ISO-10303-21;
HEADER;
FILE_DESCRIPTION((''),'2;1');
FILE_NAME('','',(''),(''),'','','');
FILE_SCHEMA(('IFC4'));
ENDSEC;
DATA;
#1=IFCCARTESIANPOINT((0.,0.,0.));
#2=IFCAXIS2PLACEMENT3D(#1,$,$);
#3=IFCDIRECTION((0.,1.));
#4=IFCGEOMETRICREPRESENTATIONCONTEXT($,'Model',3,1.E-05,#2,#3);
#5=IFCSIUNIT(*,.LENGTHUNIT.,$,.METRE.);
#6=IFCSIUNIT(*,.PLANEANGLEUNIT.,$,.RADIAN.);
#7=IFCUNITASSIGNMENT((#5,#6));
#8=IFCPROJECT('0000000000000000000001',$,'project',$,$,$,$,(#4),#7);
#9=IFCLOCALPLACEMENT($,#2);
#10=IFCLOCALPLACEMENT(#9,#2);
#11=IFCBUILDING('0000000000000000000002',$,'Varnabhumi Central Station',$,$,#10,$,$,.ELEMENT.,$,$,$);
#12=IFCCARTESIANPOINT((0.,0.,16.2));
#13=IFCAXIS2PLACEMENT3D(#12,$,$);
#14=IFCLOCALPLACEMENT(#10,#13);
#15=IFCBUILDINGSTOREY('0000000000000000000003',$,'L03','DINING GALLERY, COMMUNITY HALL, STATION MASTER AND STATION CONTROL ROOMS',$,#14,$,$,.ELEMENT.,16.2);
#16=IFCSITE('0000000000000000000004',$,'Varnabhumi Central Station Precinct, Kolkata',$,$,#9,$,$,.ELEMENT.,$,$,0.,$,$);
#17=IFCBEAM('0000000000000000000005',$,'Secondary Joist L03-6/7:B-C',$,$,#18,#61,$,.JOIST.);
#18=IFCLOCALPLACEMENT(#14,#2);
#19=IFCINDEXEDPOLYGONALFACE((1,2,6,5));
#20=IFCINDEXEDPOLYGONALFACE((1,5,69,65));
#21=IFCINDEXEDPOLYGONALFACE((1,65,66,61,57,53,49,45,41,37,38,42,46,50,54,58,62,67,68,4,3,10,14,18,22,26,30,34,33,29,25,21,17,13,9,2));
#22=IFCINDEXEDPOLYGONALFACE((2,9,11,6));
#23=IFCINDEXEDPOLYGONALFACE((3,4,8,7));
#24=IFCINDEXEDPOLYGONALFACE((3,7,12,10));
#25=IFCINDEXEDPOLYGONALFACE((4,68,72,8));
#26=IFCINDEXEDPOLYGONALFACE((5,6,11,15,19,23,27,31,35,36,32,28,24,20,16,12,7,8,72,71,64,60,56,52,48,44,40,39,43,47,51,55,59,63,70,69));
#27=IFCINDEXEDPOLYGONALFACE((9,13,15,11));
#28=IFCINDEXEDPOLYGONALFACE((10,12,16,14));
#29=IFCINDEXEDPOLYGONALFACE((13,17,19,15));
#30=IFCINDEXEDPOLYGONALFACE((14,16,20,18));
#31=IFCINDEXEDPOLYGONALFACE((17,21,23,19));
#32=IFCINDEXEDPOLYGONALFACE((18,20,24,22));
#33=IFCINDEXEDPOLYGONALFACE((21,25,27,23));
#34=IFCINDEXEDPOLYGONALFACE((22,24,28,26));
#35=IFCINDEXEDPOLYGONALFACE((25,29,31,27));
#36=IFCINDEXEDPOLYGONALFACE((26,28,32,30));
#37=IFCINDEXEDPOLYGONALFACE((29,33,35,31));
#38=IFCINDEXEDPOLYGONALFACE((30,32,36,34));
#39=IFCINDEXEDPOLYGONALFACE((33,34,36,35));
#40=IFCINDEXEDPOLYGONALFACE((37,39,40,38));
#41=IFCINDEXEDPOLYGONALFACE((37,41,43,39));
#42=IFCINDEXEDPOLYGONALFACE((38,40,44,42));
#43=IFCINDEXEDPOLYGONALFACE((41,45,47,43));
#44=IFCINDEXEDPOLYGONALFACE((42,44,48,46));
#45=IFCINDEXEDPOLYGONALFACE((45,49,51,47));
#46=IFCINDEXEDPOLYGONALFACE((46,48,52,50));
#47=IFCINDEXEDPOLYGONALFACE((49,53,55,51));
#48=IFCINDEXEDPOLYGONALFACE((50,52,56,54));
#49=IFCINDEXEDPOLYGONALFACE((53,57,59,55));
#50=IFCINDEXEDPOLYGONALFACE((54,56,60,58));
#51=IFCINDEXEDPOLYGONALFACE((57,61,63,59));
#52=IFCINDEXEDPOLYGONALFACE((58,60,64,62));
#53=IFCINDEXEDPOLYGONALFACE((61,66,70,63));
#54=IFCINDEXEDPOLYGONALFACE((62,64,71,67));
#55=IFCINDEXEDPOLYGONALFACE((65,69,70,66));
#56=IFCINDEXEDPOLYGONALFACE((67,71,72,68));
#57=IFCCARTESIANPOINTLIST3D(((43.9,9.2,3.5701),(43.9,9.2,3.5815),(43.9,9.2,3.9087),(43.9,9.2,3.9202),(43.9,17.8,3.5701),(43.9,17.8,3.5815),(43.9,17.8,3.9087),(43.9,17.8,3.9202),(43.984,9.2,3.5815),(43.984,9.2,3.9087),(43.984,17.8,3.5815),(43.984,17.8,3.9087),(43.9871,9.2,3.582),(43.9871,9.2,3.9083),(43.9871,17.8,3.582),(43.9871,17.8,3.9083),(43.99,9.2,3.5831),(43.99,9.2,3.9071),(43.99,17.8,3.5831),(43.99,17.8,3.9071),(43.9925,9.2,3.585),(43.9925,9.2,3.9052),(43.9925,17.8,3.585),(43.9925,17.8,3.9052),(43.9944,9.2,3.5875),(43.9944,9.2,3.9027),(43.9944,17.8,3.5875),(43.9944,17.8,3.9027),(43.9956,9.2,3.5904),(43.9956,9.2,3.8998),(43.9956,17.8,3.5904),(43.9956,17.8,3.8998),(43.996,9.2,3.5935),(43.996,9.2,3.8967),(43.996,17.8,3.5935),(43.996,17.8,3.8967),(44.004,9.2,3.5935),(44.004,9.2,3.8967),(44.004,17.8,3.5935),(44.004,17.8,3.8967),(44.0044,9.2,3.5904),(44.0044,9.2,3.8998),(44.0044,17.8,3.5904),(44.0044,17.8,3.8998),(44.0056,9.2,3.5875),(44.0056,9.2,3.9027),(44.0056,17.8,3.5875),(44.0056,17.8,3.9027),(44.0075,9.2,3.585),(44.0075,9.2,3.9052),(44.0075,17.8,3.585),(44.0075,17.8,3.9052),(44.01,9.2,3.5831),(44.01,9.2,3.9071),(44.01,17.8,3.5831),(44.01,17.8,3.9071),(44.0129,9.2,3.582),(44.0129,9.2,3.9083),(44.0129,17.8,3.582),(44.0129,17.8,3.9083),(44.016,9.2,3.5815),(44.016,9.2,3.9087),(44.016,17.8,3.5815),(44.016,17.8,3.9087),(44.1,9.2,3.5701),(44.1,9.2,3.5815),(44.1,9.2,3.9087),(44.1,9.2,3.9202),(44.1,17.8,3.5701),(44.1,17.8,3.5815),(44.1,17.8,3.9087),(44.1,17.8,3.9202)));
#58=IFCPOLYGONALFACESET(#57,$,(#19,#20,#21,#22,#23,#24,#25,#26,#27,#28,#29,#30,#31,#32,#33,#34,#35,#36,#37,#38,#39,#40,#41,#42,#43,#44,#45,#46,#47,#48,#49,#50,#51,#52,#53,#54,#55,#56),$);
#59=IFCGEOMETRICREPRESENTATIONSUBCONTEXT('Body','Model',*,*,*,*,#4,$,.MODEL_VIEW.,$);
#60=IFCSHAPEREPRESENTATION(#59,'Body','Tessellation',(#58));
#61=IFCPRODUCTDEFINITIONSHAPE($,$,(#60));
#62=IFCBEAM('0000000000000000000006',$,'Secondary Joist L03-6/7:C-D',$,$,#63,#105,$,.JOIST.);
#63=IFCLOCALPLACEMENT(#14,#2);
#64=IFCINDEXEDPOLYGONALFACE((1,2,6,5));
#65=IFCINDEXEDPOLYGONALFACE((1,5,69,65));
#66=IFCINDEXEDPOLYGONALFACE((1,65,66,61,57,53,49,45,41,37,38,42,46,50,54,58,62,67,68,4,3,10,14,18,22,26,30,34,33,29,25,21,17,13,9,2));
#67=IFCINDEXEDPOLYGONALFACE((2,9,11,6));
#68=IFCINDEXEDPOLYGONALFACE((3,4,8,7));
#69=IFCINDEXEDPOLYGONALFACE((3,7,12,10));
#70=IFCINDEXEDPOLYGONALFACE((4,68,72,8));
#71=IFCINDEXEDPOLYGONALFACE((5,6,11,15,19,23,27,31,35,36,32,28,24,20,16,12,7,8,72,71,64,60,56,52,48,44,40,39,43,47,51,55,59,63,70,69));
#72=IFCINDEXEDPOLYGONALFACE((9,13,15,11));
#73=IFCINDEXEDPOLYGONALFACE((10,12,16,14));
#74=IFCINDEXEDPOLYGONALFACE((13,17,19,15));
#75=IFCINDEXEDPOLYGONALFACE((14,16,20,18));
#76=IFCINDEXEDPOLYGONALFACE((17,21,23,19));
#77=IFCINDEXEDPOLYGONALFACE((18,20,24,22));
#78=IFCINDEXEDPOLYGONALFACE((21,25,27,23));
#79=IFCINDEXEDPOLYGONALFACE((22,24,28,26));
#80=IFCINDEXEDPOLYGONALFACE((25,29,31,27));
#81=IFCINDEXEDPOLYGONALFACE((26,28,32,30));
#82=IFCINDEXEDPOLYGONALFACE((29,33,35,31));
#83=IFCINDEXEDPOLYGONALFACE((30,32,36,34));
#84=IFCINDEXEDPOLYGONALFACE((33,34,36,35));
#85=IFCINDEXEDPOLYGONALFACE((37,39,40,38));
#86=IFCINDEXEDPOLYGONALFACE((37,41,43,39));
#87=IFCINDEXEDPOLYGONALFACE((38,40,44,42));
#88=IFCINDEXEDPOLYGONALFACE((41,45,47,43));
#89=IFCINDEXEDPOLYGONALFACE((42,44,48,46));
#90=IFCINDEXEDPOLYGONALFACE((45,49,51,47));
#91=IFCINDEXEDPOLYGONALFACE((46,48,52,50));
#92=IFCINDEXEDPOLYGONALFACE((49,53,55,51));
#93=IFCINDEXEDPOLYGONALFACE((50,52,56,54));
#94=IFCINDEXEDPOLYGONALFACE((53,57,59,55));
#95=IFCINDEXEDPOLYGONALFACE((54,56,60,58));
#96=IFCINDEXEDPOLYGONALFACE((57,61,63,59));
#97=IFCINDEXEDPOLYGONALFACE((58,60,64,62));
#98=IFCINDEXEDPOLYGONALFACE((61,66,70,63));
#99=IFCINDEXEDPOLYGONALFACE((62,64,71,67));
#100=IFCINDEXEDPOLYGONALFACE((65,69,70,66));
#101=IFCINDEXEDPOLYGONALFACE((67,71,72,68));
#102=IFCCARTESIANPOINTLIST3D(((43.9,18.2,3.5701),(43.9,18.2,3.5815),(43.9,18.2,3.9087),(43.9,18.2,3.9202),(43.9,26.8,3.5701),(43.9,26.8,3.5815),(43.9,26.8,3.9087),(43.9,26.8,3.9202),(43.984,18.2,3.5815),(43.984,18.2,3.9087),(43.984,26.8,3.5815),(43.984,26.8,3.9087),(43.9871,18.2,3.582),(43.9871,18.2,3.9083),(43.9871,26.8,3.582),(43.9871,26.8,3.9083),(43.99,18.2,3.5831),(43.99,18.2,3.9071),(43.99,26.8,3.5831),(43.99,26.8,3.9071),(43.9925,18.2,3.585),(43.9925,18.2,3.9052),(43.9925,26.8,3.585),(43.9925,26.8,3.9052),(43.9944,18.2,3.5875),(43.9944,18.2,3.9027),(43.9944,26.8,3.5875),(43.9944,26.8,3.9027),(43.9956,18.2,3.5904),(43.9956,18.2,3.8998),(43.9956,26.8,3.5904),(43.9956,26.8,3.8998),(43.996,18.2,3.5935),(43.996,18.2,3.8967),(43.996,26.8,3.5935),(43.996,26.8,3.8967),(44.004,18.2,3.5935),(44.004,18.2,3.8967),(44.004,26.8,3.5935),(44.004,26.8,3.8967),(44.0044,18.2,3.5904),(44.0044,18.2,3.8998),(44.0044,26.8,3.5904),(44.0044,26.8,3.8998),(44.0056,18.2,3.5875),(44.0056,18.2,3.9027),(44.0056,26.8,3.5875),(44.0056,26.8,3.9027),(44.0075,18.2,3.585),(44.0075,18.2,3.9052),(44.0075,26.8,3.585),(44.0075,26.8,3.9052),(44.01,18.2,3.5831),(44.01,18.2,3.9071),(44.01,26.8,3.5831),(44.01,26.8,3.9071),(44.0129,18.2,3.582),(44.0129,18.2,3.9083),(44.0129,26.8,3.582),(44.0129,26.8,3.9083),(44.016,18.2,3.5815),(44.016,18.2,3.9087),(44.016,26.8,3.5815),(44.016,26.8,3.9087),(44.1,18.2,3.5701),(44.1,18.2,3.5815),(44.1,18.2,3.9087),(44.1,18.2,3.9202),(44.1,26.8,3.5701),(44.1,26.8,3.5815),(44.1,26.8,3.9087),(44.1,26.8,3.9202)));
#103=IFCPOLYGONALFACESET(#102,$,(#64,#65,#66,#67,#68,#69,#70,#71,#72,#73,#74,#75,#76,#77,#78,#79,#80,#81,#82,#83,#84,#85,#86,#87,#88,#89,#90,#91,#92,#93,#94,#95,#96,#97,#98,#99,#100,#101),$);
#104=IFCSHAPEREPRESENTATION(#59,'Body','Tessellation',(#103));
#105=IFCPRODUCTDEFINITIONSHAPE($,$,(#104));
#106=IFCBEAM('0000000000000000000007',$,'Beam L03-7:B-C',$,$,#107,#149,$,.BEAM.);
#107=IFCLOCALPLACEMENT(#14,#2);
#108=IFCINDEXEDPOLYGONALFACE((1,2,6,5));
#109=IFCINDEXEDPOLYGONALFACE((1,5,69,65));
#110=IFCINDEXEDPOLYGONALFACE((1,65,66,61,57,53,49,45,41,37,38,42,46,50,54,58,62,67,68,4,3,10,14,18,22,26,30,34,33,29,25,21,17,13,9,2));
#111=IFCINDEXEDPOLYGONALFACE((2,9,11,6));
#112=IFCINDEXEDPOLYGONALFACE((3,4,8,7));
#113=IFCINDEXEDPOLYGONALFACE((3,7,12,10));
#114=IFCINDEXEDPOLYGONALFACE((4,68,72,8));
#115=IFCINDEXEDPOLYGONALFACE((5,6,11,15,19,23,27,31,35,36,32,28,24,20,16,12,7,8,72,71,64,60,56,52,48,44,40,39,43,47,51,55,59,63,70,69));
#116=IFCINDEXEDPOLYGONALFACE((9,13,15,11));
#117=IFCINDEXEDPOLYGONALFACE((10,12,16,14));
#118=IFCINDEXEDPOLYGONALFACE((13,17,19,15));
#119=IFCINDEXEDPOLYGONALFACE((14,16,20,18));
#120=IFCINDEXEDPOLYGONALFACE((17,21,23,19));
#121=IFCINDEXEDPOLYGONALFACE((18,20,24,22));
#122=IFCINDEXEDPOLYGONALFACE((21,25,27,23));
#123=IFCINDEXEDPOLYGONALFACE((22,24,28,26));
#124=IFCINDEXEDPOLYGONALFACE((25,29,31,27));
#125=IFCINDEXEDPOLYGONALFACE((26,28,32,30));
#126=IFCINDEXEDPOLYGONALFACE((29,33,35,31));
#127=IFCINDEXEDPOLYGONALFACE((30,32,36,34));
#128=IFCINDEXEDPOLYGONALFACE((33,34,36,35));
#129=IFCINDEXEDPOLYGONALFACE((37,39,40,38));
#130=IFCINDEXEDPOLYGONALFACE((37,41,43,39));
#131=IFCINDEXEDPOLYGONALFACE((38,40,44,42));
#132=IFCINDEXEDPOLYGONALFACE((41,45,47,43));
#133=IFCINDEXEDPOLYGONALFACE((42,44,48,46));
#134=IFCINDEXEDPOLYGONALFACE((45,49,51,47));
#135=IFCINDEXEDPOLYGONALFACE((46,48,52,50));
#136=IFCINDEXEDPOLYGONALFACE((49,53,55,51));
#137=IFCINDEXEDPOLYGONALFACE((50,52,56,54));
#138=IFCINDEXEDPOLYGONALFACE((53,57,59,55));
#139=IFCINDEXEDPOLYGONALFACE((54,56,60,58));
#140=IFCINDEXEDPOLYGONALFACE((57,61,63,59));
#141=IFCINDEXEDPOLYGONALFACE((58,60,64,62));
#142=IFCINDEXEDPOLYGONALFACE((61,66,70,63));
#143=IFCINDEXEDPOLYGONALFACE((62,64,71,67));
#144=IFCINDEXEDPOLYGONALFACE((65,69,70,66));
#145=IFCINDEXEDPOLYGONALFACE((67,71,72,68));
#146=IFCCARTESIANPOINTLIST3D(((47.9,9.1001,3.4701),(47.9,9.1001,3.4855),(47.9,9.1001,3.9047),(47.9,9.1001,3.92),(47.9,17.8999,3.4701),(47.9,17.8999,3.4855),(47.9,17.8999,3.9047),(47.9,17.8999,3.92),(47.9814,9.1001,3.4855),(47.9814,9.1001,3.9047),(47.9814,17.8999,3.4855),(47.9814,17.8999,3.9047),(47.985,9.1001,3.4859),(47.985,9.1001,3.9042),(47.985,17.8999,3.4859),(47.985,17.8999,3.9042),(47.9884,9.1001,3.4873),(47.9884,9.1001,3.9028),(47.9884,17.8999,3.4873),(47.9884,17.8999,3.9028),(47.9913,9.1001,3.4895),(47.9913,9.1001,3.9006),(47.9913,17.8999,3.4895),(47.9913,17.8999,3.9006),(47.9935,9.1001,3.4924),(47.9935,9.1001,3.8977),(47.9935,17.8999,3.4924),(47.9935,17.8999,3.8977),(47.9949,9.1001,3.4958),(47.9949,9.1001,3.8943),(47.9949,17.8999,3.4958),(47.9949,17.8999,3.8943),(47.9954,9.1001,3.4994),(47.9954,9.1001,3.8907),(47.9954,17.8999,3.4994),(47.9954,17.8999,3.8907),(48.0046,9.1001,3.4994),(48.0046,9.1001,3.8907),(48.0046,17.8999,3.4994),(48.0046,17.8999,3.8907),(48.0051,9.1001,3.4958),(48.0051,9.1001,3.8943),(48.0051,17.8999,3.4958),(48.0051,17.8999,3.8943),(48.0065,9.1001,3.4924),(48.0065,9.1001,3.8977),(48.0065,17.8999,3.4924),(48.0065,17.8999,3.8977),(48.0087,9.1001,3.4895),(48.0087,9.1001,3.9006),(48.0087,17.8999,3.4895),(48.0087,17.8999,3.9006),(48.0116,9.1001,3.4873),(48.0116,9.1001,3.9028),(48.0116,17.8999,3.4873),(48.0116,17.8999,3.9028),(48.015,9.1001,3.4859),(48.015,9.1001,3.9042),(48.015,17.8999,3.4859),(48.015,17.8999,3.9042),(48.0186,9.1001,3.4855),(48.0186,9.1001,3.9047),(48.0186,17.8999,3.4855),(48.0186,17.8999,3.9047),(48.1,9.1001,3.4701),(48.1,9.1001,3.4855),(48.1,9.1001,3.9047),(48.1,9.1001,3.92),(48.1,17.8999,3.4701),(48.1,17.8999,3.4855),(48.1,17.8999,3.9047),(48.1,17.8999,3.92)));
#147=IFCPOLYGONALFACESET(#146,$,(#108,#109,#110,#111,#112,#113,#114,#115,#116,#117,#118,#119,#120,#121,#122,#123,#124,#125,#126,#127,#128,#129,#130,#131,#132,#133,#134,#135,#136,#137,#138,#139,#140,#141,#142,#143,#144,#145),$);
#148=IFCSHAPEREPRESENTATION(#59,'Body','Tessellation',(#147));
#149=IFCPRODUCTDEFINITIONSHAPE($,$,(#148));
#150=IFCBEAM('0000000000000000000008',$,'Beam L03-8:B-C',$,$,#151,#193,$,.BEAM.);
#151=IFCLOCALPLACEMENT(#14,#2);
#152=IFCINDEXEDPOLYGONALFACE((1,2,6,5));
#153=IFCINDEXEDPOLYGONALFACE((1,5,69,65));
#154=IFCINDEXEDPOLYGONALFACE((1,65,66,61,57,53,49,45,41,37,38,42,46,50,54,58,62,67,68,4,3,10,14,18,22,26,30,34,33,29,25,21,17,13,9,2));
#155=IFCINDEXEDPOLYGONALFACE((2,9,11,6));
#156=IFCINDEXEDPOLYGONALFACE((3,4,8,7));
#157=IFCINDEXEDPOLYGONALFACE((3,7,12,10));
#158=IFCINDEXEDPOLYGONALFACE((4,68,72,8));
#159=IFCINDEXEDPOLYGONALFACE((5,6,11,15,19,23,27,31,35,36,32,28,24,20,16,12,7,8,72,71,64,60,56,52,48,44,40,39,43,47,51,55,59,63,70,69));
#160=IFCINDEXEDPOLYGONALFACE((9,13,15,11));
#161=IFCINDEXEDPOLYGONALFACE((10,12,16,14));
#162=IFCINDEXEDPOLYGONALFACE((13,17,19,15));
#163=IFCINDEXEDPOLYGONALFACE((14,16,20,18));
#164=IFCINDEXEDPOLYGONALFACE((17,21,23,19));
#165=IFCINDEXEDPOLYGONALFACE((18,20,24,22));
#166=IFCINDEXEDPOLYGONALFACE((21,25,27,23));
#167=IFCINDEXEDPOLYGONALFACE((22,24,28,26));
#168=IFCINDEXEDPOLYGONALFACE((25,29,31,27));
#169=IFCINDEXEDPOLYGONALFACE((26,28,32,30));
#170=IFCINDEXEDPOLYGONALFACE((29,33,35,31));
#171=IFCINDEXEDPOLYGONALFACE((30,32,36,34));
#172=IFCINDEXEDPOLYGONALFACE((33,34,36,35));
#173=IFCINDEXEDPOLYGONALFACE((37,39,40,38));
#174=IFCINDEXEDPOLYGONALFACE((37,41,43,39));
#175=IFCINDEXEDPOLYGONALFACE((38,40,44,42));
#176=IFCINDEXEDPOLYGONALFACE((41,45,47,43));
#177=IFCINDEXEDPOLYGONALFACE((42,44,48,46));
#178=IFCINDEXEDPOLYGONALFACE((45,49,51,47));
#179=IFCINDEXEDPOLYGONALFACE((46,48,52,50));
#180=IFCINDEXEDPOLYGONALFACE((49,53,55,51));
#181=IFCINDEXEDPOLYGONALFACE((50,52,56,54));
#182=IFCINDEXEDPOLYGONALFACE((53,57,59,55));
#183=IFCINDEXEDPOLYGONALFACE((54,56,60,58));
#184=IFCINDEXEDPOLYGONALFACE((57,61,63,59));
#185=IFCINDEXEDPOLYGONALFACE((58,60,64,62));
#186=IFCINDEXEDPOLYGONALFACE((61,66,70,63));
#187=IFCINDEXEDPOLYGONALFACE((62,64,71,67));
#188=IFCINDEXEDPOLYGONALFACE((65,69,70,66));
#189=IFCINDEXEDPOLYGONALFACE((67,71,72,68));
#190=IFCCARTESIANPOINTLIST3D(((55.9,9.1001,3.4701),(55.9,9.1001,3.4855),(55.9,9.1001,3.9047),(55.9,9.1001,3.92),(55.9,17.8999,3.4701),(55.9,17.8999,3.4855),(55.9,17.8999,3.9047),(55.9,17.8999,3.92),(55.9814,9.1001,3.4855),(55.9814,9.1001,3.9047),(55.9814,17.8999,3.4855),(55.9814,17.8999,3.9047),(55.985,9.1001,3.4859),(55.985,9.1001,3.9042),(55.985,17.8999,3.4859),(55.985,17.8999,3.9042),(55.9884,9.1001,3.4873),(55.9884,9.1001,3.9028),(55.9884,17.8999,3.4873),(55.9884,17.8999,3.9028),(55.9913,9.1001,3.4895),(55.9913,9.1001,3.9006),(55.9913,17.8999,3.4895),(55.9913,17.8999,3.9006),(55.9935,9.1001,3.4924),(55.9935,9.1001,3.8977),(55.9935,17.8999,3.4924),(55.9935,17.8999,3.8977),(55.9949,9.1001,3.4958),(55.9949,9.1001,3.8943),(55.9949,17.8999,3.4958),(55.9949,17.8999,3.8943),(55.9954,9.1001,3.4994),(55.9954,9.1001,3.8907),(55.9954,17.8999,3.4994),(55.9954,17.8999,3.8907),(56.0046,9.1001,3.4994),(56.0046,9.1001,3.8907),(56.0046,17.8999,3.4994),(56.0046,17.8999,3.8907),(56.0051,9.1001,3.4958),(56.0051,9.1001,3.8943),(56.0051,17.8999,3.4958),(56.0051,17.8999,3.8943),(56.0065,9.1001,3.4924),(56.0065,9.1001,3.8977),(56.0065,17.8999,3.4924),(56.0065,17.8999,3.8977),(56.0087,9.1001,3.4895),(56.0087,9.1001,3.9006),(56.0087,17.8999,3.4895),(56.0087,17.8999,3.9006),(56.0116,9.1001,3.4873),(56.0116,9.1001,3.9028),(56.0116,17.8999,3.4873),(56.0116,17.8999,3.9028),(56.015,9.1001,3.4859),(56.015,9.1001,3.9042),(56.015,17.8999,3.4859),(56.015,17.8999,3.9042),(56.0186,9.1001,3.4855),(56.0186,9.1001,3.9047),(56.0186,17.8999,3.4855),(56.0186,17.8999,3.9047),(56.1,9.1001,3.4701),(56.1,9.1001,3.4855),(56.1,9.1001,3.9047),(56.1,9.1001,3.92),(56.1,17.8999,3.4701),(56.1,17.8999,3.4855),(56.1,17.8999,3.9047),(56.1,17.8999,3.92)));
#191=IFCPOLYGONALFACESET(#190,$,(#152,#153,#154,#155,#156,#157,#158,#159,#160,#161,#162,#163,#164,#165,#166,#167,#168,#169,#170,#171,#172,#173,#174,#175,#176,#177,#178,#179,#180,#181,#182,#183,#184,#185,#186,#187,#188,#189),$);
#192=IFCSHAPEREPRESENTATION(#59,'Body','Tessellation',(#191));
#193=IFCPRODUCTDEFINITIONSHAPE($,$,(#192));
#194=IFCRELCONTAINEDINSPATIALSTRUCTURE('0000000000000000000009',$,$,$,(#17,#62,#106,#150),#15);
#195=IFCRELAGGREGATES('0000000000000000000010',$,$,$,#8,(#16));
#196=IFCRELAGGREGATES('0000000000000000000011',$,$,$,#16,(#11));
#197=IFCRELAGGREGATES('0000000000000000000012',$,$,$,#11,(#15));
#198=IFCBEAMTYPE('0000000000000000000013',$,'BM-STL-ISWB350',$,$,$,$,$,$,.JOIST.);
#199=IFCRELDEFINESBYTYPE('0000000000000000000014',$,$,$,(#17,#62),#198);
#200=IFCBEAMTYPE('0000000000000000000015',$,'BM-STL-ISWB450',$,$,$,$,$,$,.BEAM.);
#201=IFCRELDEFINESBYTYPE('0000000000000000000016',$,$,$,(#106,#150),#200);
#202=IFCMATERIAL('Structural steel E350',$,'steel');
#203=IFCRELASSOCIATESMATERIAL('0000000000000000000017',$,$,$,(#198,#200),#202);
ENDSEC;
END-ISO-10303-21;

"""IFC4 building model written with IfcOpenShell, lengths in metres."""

from ifc_helpers import new_model, si_unit, direction, frame, origin, origin_2d, place, context, subcontext, project, spatial, i_section, extrude, material, material_profile, profile_set, type_object, element, save


model = new_model("IFC4")

# Units and contexts
model_context = context("Model", 3, precision=1e-05, world=origin(), true_north=direction((0.0, 1.0)))
body_context = subcontext(model_context, "Body", "Model", "MODEL_VIEW")
ifc_project = project(units=[si_unit("LENGTHUNIT", "METRE"), si_unit("PLANEANGLEUNIT", "RADIAN")], contexts=[model_context])

# Site, building, storey
site_placement = place(None, origin())
site = spatial("IfcSite", under=ifc_project, at=site_placement, Name="Varnabhumi Central Station Precinct, Kolkata", CompositionType="ELEMENT", RefElevation=0.0)
building_placement = place(site_placement, origin())
building = spatial("IfcBuilding", under=site, at=building_placement, Name="Varnabhumi Central Station", CompositionType="ELEMENT")
storey_placement = place(building_placement, frame((0.0, 0.0, 16.2)))
storey = spatial("IfcBuildingStorey", under=building, at=storey_placement, Name="L03", Description="DINING GALLERY, COMMUNITY HALL, STATION MASTER AND STATION CONTROL ROOMS", CompositionType="ELEMENT", Elevation=16.2)

# Beams
ifc_material_1 = material(Name="Structural steel E350", Category="steel")
ifc_material_profile_1 = material_profile(ifc_material_1, i_section(OverallWidth=0.2, OverallDepth=0.3501, WebThickness=0.0081, FlangeThickness=0.0115, FilletRadius=0.012, at=origin_2d()), Name="Structural steel E350", Category="steel")
ifc_profile_set_1 = profile_set([ifc_material_profile_1], Name="Structural steel E350")
beam_type_1 = type_object("IfcBeamType", Name="BM-STL-ISWB350", PredefinedType="JOIST", material=ifc_profile_set_1)
for number, where, z_axis, x_axis, name in (
    (1, (44.0, 9.2, 3.7451), (0.0, 1.0, 0.0), (-1.0, 0.0, 0.0), "Secondary Joist L03-6/7:B-C"),
    (2, (44.0, 18.2, 3.7451), (0.0, 1.0, 0.0), (-1.0, 0.0, 0.0), "Secondary Joist L03-6/7:C-D"),
):
    element("IfcBeam", number, at=place(storey_placement, frame(where, z_axis=z_axis, x_axis=x_axis)), inside=storey, type_object=beam_type_1, Name=name, PredefinedType="JOIST", context=body_context, shape_type="SweptSolid", body=[
        extrude(i_section(OverallWidth=0.2, OverallDepth=0.3501, WebThickness=0.0081, FlangeThickness=0.0115, FilletRadius=0.012, at=origin_2d()), origin(), (0.0, 0.0, 1.0), 8.6001),
    ])
ifc_material_profile_2 = material_profile(ifc_material_1, i_section(OverallWidth=0.2, OverallDepth=0.45, WebThickness=0.0093, FlangeThickness=0.0154, FilletRadius=0.0139, at=origin_2d()), Name="Structural steel E350", Category="steel")
ifc_profile_set_2 = profile_set([ifc_material_profile_2], Name="Structural steel E350")
beam_type_2 = type_object("IfcBeamType", Name="BM-STL-ISWB450", PredefinedType="BEAM", material=ifc_profile_set_2)
for number, where, z_axis, x_axis, name in (
    (3, (48.0, 9.1001, 3.6951), (0.0, 1.0, 0.0), (-1.0, 0.0, 0.0), "Beam L03-7:B-C"),
    (4, (56.0, 9.1001, 3.6951), (0.0, 1.0, 0.0), (-1.0, 0.0, 0.0), "Beam L03-8:B-C"),
):
    element("IfcBeam", number, at=place(storey_placement, frame(where, z_axis=z_axis, x_axis=x_axis)), inside=storey, type_object=beam_type_2, Name=name, PredefinedType="BEAM", context=body_context, shape_type="SweptSolid", body=[
        extrude(i_section(OverallWidth=0.2, OverallDepth=0.45, WebThickness=0.0093, FlangeThickness=0.0154, FilletRadius=0.0139, at=origin_2d()), origin(), (0.0, 0.0, 1.0), 8.7998),
    ])

save(model, "model.ifc")
